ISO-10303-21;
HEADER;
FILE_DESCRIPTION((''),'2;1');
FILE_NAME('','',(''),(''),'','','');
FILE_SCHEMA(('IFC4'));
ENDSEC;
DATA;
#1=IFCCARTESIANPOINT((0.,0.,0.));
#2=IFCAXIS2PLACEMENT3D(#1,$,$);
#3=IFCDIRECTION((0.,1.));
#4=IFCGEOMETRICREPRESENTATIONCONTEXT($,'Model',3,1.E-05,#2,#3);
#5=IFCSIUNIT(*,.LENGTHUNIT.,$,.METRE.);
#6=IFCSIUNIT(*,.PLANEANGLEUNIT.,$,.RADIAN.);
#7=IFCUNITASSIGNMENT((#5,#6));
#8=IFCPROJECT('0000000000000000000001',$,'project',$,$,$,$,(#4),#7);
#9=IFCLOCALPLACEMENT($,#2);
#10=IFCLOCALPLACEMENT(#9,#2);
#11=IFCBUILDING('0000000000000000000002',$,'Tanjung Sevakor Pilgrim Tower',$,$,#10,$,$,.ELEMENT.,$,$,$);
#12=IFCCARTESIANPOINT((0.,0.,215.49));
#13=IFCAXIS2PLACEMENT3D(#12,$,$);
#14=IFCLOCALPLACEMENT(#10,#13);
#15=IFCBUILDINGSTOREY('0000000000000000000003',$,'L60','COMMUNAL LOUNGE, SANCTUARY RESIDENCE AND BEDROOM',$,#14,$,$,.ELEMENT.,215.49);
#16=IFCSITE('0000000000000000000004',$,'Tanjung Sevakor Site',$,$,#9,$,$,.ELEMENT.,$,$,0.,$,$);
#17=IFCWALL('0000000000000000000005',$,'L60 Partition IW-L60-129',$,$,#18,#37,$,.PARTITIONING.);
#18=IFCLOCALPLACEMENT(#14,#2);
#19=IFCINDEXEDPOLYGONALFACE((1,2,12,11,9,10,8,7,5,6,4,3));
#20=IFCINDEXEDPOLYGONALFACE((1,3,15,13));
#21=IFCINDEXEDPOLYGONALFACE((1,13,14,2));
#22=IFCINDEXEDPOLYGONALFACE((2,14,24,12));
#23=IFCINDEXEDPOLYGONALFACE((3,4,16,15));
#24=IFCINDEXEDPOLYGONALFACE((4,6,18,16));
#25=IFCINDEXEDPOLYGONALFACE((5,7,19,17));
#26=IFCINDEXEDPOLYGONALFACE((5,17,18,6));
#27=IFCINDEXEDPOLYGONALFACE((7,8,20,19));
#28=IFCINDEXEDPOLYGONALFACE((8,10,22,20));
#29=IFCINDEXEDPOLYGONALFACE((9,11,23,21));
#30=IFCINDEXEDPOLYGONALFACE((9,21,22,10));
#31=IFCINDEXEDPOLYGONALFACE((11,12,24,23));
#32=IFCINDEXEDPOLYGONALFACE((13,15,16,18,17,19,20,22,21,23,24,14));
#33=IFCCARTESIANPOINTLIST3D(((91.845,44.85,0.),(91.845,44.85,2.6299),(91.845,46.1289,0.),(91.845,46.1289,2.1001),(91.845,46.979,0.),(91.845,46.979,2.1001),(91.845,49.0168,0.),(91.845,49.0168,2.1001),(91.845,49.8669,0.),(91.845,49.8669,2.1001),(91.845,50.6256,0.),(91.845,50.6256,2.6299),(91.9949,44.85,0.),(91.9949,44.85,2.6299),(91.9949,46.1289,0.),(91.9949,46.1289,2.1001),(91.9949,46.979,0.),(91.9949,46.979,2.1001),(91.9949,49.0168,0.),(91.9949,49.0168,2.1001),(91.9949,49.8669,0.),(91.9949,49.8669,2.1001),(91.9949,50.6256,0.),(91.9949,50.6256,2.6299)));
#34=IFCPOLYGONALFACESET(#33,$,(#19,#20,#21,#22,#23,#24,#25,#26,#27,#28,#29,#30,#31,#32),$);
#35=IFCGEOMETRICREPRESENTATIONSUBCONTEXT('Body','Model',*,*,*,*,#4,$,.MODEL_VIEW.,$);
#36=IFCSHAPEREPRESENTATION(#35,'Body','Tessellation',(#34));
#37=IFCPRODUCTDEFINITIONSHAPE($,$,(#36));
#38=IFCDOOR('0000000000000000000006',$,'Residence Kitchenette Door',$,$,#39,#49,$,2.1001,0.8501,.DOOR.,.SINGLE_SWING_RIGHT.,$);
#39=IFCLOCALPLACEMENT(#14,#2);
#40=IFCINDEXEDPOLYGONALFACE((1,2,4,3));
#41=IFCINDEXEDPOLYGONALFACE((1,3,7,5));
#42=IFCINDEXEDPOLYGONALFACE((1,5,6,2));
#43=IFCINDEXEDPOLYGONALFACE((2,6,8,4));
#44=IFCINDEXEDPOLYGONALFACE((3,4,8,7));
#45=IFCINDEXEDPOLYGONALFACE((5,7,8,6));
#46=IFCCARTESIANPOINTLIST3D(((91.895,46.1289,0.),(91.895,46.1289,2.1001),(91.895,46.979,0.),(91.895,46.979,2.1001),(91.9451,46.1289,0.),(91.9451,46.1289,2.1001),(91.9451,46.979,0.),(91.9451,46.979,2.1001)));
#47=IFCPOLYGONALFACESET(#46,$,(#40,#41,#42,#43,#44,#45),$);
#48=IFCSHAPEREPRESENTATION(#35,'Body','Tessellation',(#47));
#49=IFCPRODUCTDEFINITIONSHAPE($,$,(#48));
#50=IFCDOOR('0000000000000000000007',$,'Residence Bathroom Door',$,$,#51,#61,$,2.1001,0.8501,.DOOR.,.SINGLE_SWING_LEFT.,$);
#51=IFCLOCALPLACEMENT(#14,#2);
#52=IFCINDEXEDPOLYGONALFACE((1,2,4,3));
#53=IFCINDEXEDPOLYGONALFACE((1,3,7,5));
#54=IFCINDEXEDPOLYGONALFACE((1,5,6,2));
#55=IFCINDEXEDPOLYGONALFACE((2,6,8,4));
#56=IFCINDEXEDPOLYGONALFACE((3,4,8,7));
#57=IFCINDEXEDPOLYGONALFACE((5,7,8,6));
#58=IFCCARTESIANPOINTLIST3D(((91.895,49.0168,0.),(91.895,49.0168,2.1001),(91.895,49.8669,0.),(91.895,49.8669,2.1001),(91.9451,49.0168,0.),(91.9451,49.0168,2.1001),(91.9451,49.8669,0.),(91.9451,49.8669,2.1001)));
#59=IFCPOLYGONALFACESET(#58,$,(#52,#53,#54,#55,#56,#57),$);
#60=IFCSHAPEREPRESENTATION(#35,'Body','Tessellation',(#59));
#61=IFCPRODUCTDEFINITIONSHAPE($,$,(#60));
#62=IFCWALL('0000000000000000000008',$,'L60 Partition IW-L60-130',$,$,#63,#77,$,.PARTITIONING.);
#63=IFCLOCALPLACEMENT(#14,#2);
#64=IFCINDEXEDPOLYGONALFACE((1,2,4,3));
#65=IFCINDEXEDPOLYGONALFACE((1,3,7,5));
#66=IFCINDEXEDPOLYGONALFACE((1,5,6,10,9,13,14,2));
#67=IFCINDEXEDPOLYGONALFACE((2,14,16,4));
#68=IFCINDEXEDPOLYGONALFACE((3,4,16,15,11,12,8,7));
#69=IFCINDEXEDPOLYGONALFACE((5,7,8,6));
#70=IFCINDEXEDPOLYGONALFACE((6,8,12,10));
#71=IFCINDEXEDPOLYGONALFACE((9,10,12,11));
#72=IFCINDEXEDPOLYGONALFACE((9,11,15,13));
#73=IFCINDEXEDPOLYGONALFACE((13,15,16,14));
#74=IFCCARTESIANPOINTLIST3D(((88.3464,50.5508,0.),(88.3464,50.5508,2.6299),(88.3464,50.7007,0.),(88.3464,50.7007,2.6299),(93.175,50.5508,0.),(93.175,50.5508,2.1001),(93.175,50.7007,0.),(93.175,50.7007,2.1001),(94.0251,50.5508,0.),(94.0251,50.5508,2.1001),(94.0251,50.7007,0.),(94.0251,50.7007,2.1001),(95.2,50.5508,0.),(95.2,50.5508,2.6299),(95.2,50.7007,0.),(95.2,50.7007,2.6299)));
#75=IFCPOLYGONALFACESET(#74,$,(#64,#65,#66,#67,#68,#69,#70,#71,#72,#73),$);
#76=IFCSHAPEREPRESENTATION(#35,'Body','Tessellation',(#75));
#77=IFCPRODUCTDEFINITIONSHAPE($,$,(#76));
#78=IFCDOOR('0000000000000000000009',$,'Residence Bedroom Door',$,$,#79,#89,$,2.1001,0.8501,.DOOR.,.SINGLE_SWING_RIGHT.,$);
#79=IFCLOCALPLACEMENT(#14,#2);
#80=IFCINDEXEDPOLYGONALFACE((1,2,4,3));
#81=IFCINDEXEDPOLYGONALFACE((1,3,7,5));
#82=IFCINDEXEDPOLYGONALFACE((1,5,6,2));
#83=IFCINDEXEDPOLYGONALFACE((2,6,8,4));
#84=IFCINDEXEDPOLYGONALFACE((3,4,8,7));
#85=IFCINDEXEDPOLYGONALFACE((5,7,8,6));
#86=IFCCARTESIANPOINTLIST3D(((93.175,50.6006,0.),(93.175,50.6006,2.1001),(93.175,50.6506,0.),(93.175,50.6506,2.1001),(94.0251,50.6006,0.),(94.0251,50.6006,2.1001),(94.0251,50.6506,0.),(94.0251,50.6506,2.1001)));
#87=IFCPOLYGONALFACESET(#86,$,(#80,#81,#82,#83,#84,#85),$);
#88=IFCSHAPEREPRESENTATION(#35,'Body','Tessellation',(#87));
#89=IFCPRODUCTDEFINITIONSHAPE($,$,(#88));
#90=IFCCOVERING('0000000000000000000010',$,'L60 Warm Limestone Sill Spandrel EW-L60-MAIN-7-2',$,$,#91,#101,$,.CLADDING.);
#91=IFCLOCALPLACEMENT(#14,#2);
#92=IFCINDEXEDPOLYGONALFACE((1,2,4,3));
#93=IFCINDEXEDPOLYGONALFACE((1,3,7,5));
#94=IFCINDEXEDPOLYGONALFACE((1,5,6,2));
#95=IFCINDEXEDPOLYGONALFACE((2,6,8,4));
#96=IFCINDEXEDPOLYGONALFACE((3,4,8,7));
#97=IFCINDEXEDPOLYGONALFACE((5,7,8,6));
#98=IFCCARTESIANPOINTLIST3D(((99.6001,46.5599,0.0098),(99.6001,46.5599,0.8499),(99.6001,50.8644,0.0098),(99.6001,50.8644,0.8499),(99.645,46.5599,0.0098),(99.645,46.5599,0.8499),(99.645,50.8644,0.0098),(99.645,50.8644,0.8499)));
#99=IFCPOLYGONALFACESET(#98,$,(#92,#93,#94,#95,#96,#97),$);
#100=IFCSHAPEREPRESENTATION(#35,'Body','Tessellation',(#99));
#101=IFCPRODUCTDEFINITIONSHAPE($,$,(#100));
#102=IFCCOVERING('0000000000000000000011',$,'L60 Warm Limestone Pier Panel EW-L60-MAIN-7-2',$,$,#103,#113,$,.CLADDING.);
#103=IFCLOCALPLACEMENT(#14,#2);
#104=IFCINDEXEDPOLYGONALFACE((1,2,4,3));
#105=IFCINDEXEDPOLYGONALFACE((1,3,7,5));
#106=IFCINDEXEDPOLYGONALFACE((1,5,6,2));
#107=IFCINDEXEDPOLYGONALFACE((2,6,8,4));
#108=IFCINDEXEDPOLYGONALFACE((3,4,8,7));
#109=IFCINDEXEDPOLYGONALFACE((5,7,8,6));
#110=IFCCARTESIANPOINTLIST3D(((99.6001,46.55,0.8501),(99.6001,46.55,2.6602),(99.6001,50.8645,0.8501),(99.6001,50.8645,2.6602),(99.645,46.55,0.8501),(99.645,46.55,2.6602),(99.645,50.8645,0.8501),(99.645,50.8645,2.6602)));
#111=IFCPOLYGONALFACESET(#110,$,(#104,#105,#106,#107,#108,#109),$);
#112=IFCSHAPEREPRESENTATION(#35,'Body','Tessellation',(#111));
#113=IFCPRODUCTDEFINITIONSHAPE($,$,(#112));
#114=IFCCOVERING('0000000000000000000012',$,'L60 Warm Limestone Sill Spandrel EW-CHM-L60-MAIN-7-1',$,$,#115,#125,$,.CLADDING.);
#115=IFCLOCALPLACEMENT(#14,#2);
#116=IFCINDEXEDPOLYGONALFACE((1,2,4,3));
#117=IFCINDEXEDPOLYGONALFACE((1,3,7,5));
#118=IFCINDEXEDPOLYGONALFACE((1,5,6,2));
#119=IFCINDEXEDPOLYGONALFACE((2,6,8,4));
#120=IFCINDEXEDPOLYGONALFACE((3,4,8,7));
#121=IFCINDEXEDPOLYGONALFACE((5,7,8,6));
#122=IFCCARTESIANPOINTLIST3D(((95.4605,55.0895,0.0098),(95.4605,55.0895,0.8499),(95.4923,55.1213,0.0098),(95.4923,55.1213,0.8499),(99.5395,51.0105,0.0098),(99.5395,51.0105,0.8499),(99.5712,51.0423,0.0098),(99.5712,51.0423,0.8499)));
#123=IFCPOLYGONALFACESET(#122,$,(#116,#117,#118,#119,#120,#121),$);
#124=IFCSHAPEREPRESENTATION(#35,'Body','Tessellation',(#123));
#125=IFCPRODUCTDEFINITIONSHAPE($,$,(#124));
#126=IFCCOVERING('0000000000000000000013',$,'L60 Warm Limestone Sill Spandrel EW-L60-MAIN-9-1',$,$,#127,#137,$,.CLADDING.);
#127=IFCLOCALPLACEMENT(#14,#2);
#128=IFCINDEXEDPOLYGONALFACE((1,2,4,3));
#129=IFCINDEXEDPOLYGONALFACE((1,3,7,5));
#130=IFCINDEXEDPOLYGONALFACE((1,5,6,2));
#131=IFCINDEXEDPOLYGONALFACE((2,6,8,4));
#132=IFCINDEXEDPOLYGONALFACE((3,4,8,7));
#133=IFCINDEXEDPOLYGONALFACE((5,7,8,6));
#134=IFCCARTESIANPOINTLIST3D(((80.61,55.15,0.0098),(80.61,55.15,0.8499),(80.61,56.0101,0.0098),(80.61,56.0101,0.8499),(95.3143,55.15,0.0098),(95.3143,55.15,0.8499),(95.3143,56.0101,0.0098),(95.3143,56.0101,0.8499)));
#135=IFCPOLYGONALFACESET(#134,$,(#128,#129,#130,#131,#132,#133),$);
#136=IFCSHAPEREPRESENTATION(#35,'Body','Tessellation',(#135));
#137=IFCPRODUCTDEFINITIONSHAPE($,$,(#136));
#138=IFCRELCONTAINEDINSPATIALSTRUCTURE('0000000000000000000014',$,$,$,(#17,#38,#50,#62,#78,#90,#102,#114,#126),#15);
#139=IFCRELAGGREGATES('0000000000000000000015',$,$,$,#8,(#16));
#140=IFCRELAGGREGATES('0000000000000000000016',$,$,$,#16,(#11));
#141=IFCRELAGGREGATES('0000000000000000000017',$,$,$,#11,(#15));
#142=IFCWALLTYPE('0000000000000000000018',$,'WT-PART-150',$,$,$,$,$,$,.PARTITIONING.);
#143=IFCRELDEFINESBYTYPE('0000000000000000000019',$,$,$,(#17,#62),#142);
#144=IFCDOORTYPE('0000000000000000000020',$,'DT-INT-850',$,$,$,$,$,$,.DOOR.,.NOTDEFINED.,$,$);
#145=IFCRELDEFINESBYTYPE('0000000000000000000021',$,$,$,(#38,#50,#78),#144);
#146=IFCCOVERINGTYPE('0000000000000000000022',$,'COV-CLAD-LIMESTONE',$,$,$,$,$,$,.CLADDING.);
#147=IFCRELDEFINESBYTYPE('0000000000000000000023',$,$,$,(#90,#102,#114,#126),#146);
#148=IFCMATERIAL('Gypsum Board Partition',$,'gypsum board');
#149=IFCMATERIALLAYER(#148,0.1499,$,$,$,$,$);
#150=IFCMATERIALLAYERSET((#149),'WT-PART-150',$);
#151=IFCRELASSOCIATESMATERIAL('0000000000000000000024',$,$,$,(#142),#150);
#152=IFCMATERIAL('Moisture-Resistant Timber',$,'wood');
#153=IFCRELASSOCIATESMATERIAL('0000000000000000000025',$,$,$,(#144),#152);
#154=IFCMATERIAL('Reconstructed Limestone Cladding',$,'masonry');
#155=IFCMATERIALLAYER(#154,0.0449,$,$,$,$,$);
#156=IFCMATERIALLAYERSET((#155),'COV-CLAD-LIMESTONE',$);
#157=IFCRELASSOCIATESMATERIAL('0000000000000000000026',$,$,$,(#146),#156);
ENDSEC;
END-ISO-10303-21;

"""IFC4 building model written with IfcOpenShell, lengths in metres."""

from ifc_helpers import new_model, si_unit, direction, frame, frame_2d, origin, origin_2d, place, context, subcontext, project, spatial, rectangle, extrude, material, layer, layer_set, type_object, element, fill, save


model = new_model("IFC4")

# Units and contexts
model_context = context("Model", 3, precision=1e-05, world=origin(), true_north=direction((0.0, 1.0)))
body_context = subcontext(model_context, "Body", "Model", "MODEL_VIEW")
ifc_project = project(units=[si_unit("LENGTHUNIT", "METRE"), si_unit("PLANEANGLEUNIT", "RADIAN")], contexts=[model_context])

# Site, building, storey
site_placement = place(None, origin())
site = spatial("IfcSite", under=ifc_project, at=site_placement, Name="Tanjung Sevakor Site", CompositionType="ELEMENT", RefElevation=0.0)
building_placement = place(site_placement, origin())
building = spatial("IfcBuilding", under=site, at=building_placement, Name="Tanjung Sevakor Pilgrim Tower", CompositionType="ELEMENT")
storey_placement = place(building_placement, frame((0.0, 0.0, 215.49)))
storey = spatial("IfcBuildingStorey", under=building, at=storey_placement, Name="L60", Description="COMMUNAL LOUNGE, SANCTUARY RESIDENCE AND BEDROOM", CompositionType="ELEMENT", Elevation=215.49)

# Shared definitions
ifc_material_1 = material(Name="Gypsum Board Partition", Category="gypsum board")
ifc_layer_1 = layer(ifc_material_1, 0.1499)
ifc_layer_set_1 = layer_set([ifc_layer_1], Name="WT-PART-150")
wall_type_1 = type_object("IfcWallType", Name="WT-PART-150", PredefinedType="PARTITIONING", material=ifc_layer_set_1)

# Wall, openings, doors
wall_1_placement = place(storey_placement, frame((91.9199, 44.8501, 0.0), z_axis=(0.0, 0.0, 1.0), x_axis=(0.0, 1.0, 0.0)))
wall_1 = element("IfcWall", 1, at=wall_1_placement, inside=storey, type_object=wall_type_1, Name="L60 Partition IW-L60-129", PredefinedType="PARTITIONING", context=body_context, shape_type="SweptSolid", body=[
    extrude(rectangle(XDim=5.7756, YDim=0.1499, at=frame_2d((2.8877, 0.0))), origin(), (0.0, 0.0, 1.0), 2.6299),
])
opening_1_placement = place(wall_1_placement, frame((1.2788, 0.0, 0.0)))
opening_1 = element("IfcOpeningElement", 2, at=opening_1_placement, cuts=wall_1, PredefinedType="OPENING", context=body_context, shape_type="SweptSolid", body=[
    extrude(rectangle(XDim=0.8501, YDim=2.1001, at=frame_2d((0.425, 1.05))), frame((0.0, 0.085, 0.0), z_axis=(0.0, -1.0, 0.0), x_axis=(1.0, 0.0, 0.0)), (0.0, 0.0, 1.0), 0.1699),
])
opening_2_placement = place(wall_1_placement, frame((4.1667, 0.0, 0.0)))
opening_2 = element("IfcOpeningElement", 3, at=opening_2_placement, cuts=wall_1, PredefinedType="OPENING", context=body_context, shape_type="SweptSolid", body=[
    extrude(rectangle(XDim=0.8501, YDim=2.1001, at=frame_2d((0.425, 1.05))), frame((0.0, 0.085, 0.0), z_axis=(0.0, -1.0, 0.0), x_axis=(1.0, 0.0, 0.0)), (0.0, 0.0, 1.0), 0.1699),
])
ifc_material_2 = material(Name="Moisture-Resistant Timber", Category="wood")
door_type_1 = type_object("IfcDoorType", Name="DT-INT-850", OperationType="NOTDEFINED", PredefinedType="DOOR", material=ifc_material_2)
door_1_placement = place(opening_1_placement, origin())
door_1 = element("IfcDoor", 4, at=door_1_placement, inside=storey, type_object=door_type_1, Name="Residence Kitchenette Door", OperationType="SINGLE_SWING_RIGHT", OverallHeight=2.1001, OverallWidth=0.8501, PredefinedType="DOOR", context=body_context, shape_type="SweptSolid", body=[
    extrude(rectangle(XDim=0.8501, YDim=2.1001, at=frame_2d((0.425, 1.05))), frame((0.0, 0.0249, 0.0), z_axis=(0.0, -1.0, 0.0), x_axis=(1.0, 0.0, 0.0)), (0.0, 0.0, 1.0), 0.05),
])
fill(opening_1, door_1)
door_2_placement = place(opening_2_placement, origin())
door_2 = element("IfcDoor", 5, at=door_2_placement, inside=storey, type_object=door_type_1, Name="Residence Bathroom Door", OperationType="SINGLE_SWING_LEFT", OverallHeight=2.1001, OverallWidth=0.8501, PredefinedType="DOOR", context=body_context, shape_type="SweptSolid", body=[
    extrude(rectangle(XDim=0.8501, YDim=2.1001, at=frame_2d((0.425, 1.05))), frame((0.0, 0.0249, 0.0), z_axis=(0.0, -1.0, 0.0), x_axis=(1.0, 0.0, 0.0)), (0.0, 0.0, 1.0), 0.05),
])
fill(opening_2, door_2)

# Wall, opening, door
wall_2_placement = place(storey_placement, frame((88.3464, 50.6257, 0.0), z_axis=(0.0, 0.0, 1.0), x_axis=(1.0, 0.0, 0.0)))
wall_2 = element("IfcWall", 6, at=wall_2_placement, inside=storey, type_object=wall_type_1, Name="L60 Partition IW-L60-130", PredefinedType="PARTITIONING", context=body_context, shape_type="SweptSolid", body=[
    extrude(rectangle(XDim=6.8535, YDim=0.1499, at=frame_2d((3.4268, 0.0))), origin(), (0.0, 0.0, 1.0), 2.6299),
])
opening_3_placement = place(wall_2_placement, frame((4.8286, 0.0, 0.0)))
opening_3 = element("IfcOpeningElement", 7, at=opening_3_placement, cuts=wall_2, PredefinedType="OPENING", context=body_context, shape_type="SweptSolid", body=[
    extrude(rectangle(XDim=0.8501, YDim=2.1001, at=frame_2d((0.425, 1.05))), frame((0.0, 0.085, 0.0), z_axis=(0.0, -1.0, 0.0), x_axis=(1.0, 0.0, 0.0)), (0.0, 0.0, 1.0), 0.1699),
])
door_3_placement = place(opening_3_placement, origin())
door_3 = element("IfcDoor", 8, at=door_3_placement, inside=storey, type_object=door_type_1, Name="Residence Bedroom Door", OperationType="SINGLE_SWING_RIGHT", OverallHeight=2.1001, OverallWidth=0.8501, PredefinedType="DOOR", context=body_context, shape_type="SweptSolid", body=[
    extrude(rectangle(XDim=0.8501, YDim=2.1001, at=frame_2d((0.425, 1.05))), frame((0.0, 0.0249, 0.0), z_axis=(0.0, -1.0, 0.0), x_axis=(1.0, 0.0, 0.0)), (0.0, 0.0, 1.0), 0.05),
])
fill(opening_3, door_3)

# Coverings
ifc_material_3 = material(Name="Reconstructed Limestone Cladding", Category="masonry")
ifc_layer_2 = layer(ifc_material_3, 0.0449)
ifc_layer_set_2 = layer_set([ifc_layer_2], Name="COV-CLAD-LIMESTONE")
covering_type = type_object("IfcCoveringType", Name="COV-CLAD-LIMESTONE", PredefinedType="CLADDING", material=ifc_layer_set_2)
covering_1_placement = place(storey_placement, frame((99.6226, 48.7122, 0.0098), z_axis=(0.0, 0.0, 1.0), x_axis=(0.0, 1.0, 0.0)))
element("IfcCovering", 9, at=covering_1_placement, inside=storey, type_object=covering_type, Name="L60 Warm Limestone Sill Spandrel EW-L60-MAIN-7-2", PredefinedType="CLADDING", context=body_context, shape_type="SweptSolid", body=[
    extrude(rectangle(XDim=4.3044, YDim=0.0449, at=origin_2d()), origin(), (0.0, 0.0, 1.0), 0.8401),
])
covering_2_placement = place(storey_placement, frame((99.6226, 48.7073, 0.8501), z_axis=(0.0, 0.0, 1.0), x_axis=(0.0, 1.0, 0.0)))
element("IfcCovering", 10, at=covering_2_placement, inside=storey, type_object=covering_type, Name="L60 Warm Limestone Pier Panel EW-L60-MAIN-7-2", PredefinedType="CLADDING", context=body_context, shape_type="SweptSolid", body=[
    extrude(rectangle(XDim=4.3145, YDim=0.0449, at=origin_2d()), origin(), (0.0, 0.0, 1.0), 1.8101),
])
covering_3_placement = place(storey_placement, frame((97.5159, 53.0659, 0.0098), z_axis=(0.0, 0.0, 1.0), x_axis=(-0.707107, 0.707107, 0.0)))
element("IfcCovering", 11, at=covering_3_placement, inside=storey, type_object=covering_type, Name="L60 Warm Limestone Sill Spandrel EW-CHM-L60-MAIN-7-1", PredefinedType="CLADDING", context=body_context, shape_type="SweptSolid", body=[
    extrude(rectangle(XDim=5.7686, YDim=0.0449, at=origin_2d()), origin(), (0.0, 0.0, 1.0), 0.8401),
])
covering_4_placement = place(storey_placement, frame((87.9622, 55.5801, 0.0098), z_axis=(0.0, 0.0, 1.0), x_axis=(-1.0, 0.0, 0.0)))
element("IfcCovering", 12, at=covering_4_placement, inside=storey, type_object=covering_type, Name="L60 Warm Limestone Sill Spandrel EW-L60-MAIN-9-1", PredefinedType="CLADDING", context=body_context, shape_type="SweptSolid", body=[
    extrude(rectangle(XDim=14.7043, YDim=0.8601, at=origin_2d()), origin(), (0.0, 0.0, 1.0), 0.8401),
])

save(model, "model.ifc")
